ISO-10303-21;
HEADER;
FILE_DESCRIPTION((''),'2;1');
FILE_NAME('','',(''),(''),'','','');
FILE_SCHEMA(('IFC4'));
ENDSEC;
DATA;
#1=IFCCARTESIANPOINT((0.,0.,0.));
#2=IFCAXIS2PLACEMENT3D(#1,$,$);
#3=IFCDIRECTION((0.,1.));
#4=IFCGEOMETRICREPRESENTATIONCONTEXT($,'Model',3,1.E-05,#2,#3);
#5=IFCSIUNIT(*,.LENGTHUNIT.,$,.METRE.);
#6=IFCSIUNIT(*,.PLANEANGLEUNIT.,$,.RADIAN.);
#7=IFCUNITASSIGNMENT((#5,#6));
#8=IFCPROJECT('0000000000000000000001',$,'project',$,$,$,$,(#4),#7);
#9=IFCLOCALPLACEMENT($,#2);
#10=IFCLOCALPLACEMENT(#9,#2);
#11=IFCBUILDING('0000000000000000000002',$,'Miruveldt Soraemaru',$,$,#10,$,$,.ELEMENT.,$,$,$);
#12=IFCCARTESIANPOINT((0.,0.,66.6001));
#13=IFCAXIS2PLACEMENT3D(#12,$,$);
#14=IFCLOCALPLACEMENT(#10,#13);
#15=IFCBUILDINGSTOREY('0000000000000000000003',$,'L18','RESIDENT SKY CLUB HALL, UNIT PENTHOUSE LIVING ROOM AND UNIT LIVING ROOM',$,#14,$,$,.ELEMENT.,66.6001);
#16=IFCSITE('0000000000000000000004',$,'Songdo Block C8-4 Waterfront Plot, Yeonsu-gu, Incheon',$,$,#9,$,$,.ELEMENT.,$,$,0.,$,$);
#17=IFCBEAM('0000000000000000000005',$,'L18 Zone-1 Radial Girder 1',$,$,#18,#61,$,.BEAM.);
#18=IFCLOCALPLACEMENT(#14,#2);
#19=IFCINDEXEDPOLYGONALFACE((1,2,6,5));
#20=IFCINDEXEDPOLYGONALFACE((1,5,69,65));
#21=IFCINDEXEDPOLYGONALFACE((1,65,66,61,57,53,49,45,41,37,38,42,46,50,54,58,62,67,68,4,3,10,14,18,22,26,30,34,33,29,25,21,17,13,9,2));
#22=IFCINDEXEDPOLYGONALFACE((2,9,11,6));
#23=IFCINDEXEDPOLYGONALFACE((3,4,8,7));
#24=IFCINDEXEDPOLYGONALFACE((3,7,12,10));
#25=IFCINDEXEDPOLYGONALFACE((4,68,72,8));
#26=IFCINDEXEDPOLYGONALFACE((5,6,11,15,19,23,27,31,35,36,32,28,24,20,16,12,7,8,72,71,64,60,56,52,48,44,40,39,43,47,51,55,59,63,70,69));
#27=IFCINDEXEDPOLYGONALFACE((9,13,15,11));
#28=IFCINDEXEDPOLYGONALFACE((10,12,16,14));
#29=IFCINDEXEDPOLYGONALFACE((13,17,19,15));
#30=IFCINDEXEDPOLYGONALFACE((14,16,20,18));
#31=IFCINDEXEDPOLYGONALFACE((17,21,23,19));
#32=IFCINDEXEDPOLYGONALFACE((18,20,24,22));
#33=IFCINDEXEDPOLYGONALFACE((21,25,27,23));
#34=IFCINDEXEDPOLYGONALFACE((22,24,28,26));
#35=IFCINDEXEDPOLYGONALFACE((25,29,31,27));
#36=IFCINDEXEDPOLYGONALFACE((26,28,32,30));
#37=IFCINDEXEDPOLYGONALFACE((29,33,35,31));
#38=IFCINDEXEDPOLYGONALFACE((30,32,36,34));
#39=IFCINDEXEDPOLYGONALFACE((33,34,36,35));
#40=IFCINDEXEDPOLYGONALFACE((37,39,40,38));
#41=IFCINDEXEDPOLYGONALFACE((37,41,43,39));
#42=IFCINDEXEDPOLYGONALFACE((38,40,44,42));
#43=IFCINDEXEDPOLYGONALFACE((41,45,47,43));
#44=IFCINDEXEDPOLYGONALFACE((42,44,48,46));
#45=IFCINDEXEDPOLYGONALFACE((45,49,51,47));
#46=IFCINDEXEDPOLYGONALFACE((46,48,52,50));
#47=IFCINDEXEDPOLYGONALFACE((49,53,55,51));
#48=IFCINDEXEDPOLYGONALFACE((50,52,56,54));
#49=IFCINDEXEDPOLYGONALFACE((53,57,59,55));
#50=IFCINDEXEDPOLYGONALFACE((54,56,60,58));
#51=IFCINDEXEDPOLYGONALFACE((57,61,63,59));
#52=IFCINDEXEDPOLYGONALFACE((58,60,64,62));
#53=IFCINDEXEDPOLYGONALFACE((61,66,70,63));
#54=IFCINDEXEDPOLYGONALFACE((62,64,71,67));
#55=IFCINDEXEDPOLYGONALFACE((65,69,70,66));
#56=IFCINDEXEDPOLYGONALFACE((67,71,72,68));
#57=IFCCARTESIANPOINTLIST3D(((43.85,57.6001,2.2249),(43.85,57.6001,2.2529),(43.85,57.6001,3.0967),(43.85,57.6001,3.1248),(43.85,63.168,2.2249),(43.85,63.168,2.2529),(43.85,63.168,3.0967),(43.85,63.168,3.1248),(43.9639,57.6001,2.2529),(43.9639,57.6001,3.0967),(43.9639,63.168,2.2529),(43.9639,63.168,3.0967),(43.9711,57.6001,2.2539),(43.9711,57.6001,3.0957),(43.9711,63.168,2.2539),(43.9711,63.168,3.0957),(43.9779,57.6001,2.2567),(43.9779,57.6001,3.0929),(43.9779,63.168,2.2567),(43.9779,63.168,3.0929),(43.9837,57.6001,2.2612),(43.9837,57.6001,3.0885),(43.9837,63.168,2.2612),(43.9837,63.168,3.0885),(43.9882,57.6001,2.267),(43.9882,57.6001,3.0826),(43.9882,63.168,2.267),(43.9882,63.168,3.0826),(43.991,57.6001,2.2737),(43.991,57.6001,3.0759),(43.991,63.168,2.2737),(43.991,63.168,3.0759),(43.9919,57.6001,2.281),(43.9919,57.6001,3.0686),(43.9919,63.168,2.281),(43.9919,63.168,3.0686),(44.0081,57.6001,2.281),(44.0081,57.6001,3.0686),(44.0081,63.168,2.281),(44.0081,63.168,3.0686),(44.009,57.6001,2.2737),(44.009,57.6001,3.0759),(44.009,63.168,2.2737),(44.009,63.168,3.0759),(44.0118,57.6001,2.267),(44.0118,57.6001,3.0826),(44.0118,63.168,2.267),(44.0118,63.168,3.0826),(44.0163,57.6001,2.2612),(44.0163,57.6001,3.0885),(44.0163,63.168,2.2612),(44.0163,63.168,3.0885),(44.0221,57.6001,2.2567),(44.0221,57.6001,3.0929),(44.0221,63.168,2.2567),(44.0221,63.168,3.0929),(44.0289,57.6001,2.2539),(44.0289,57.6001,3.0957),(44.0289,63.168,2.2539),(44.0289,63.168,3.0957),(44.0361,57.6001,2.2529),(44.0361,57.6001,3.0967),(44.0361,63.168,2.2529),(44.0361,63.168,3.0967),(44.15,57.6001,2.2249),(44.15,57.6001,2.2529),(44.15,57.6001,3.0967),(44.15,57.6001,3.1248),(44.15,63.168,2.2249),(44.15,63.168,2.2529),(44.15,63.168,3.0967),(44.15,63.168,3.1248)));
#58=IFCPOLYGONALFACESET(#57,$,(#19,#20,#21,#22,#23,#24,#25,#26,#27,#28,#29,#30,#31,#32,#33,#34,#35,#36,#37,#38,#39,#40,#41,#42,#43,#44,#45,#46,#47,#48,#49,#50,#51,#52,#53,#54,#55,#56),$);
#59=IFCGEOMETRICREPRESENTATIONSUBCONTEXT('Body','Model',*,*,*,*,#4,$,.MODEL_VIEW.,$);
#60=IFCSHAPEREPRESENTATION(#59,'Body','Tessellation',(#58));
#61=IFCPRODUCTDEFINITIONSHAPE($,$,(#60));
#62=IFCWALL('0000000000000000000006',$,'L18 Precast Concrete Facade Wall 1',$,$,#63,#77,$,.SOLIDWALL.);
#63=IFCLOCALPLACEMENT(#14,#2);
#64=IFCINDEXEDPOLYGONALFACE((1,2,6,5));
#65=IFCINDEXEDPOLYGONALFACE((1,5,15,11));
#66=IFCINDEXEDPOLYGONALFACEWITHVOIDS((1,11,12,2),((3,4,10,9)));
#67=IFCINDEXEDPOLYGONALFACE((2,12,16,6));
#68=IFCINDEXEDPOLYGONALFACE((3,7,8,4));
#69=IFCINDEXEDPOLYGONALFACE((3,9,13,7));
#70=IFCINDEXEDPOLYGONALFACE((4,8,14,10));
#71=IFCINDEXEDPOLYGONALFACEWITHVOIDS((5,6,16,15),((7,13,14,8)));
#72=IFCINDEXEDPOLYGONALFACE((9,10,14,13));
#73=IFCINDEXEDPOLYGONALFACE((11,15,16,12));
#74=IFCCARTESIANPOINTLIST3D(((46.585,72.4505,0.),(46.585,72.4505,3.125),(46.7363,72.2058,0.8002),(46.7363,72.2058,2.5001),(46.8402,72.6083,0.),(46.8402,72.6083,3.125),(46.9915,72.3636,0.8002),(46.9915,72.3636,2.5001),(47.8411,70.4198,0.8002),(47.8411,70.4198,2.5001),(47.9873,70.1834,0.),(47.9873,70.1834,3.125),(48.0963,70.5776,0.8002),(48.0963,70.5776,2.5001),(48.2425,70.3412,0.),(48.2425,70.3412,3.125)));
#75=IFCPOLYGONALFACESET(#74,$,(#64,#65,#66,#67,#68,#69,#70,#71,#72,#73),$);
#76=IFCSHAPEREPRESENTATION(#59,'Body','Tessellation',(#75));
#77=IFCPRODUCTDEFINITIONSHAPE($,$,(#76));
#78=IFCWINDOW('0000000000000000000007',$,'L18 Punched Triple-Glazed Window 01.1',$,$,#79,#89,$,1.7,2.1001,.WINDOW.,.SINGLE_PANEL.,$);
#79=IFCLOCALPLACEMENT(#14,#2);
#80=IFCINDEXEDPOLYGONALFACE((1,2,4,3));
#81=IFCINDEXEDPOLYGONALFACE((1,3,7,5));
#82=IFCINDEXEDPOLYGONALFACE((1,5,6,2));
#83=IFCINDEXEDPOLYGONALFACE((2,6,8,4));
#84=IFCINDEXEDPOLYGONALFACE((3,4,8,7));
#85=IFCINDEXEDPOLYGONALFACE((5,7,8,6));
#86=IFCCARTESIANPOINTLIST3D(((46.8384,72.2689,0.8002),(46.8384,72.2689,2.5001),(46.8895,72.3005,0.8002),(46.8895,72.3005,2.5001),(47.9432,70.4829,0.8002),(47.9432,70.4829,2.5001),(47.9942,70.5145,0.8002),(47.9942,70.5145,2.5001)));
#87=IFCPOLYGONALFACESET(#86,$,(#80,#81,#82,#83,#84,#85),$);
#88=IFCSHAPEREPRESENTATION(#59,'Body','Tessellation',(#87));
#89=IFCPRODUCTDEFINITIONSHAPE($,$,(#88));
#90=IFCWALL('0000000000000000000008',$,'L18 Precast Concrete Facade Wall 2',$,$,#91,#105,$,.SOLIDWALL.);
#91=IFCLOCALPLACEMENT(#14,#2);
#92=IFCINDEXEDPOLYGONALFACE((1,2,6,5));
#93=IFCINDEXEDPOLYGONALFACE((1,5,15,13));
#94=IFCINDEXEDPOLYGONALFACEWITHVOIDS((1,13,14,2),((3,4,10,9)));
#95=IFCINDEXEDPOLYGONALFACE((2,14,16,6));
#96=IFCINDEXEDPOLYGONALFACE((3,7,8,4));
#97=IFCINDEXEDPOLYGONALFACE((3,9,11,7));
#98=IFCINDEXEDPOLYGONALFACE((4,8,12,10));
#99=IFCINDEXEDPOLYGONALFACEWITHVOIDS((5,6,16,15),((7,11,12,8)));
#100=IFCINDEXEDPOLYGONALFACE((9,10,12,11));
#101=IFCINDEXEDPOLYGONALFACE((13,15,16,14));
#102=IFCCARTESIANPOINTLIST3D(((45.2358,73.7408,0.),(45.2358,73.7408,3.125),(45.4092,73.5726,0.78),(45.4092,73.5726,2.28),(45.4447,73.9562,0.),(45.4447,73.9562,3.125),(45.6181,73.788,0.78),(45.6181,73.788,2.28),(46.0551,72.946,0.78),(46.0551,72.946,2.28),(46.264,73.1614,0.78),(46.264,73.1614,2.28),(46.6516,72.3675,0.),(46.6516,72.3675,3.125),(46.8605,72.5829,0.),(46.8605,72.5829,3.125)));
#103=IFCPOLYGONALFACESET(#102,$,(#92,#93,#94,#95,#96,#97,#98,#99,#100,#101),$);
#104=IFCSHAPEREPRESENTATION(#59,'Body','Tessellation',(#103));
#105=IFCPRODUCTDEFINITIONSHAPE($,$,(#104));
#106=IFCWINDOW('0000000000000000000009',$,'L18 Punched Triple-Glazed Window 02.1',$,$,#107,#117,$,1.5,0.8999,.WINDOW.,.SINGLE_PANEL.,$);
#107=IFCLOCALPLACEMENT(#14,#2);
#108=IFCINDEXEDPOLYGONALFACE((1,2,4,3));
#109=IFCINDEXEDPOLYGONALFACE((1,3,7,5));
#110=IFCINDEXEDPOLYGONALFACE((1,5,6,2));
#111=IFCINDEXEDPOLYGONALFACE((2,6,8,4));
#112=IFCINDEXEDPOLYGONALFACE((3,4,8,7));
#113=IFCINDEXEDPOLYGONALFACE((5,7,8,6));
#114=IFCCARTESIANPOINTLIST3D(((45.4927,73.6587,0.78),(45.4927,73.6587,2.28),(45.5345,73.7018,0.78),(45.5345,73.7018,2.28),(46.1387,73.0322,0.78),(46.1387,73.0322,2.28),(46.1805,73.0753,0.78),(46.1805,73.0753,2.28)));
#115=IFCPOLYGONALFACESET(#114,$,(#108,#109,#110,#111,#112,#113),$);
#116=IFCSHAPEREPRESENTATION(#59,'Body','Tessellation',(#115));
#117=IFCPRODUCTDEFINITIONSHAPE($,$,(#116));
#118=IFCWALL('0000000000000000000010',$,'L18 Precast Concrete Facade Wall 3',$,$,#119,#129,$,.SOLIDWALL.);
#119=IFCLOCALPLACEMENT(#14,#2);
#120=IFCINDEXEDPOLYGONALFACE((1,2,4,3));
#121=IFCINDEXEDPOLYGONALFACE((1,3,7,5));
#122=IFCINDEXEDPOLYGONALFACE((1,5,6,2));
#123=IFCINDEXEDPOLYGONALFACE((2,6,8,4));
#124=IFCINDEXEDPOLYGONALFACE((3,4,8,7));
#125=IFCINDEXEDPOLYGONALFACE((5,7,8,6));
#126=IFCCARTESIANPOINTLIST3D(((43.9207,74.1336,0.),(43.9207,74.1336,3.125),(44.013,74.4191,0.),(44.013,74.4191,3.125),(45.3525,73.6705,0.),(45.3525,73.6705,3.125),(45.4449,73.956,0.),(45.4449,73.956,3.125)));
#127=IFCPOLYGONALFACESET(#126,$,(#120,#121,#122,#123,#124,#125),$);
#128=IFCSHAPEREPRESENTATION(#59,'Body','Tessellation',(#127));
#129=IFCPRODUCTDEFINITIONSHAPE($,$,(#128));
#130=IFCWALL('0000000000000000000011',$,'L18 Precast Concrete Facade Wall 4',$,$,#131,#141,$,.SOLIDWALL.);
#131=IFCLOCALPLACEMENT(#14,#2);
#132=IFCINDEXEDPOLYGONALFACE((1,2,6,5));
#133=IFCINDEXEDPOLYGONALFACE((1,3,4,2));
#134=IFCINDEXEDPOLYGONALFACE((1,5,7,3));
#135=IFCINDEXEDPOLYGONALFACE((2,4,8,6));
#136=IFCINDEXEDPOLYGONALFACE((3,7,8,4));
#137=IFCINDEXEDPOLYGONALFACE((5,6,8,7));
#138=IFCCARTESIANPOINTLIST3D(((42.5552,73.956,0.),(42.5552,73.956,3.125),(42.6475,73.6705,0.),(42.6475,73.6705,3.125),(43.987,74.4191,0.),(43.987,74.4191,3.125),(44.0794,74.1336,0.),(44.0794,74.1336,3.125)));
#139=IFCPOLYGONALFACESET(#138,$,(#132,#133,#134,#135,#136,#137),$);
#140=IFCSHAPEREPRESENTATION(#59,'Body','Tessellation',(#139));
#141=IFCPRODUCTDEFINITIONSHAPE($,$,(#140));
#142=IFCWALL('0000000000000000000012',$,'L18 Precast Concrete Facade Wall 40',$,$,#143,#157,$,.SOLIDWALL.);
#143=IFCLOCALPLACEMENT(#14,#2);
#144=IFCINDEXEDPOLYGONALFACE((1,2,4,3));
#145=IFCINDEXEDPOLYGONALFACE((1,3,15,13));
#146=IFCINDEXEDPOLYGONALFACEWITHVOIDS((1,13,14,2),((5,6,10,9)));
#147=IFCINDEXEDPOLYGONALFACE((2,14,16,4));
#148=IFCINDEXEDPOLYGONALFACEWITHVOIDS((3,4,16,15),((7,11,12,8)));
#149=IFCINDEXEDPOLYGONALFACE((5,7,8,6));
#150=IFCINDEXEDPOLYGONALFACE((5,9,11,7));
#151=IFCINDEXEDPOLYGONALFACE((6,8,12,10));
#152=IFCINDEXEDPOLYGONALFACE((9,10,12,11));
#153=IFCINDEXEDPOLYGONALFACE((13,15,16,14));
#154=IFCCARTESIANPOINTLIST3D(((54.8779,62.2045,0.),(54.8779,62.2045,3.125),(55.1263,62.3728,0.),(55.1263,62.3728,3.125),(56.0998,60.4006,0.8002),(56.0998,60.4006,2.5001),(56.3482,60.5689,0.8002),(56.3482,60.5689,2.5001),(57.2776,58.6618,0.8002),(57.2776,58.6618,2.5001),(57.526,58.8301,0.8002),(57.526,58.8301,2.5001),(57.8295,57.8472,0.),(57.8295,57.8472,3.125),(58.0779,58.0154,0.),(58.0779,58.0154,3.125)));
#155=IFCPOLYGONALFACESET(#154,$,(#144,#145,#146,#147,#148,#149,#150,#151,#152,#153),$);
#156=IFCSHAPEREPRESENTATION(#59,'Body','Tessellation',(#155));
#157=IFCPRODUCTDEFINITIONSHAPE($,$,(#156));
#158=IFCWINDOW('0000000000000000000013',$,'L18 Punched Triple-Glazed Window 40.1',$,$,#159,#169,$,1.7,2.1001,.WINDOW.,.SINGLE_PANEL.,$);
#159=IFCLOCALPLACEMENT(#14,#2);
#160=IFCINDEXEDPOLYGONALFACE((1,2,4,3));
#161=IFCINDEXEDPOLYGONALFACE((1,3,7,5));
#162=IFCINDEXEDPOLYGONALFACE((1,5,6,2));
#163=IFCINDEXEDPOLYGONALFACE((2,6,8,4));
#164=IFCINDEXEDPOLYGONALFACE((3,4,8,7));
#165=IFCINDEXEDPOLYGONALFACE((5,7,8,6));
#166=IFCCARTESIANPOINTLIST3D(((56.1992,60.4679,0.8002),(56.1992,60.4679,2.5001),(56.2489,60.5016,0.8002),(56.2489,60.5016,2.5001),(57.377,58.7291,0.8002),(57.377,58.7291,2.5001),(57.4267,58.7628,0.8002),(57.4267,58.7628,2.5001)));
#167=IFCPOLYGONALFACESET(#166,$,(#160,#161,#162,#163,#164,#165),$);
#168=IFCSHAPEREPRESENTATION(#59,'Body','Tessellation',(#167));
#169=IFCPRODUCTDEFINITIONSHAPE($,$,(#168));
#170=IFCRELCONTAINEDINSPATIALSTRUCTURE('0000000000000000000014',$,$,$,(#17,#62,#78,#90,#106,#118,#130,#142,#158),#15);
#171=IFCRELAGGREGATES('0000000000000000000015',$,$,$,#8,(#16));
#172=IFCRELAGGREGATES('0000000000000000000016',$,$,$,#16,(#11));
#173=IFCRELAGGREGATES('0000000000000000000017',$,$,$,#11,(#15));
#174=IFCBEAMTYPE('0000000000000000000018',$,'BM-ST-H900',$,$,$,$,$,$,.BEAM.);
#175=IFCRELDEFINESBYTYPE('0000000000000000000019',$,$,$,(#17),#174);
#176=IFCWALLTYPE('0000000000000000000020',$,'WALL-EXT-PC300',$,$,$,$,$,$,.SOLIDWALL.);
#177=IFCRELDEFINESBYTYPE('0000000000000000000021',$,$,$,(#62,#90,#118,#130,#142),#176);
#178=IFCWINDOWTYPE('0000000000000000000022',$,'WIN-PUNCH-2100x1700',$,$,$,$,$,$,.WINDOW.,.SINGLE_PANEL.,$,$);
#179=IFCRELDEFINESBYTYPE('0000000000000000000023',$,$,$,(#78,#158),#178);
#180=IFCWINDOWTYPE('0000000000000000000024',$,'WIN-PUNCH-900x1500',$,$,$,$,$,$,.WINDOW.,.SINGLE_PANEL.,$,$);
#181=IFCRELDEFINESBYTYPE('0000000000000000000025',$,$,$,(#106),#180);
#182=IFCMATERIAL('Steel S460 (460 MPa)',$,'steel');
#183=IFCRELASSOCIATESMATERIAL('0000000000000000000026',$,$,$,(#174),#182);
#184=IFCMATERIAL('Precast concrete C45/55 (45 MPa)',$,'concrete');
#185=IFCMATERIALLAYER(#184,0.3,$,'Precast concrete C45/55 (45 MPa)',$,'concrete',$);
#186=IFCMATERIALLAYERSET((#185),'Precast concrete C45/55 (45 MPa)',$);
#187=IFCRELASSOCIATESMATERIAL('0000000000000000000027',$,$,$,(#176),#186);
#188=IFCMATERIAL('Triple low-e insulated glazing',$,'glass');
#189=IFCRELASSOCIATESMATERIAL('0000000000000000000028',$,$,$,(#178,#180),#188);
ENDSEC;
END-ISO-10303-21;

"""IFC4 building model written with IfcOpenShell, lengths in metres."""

from ifc_helpers import new_model, si_unit, direction, frame, frame_2d, origin, origin_2d, place, context, subcontext, project, spatial, rectangle, i_section, extrude, material, layer, layer_set, material_profile, profile_set, type_object, element, fill, save


model = new_model("IFC4")

# Units and contexts
model_context = context("Model", 3, precision=1e-05, world=origin(), true_north=direction((0.0, 1.0)))
body_context = subcontext(model_context, "Body", "Model", "MODEL_VIEW")
ifc_project = project(units=[si_unit("LENGTHUNIT", "METRE"), si_unit("PLANEANGLEUNIT", "RADIAN")], contexts=[model_context])

# Site, building, storey
site_placement = place(None, origin())
site = spatial("IfcSite", under=ifc_project, at=site_placement, Name="Songdo Block C8-4 Waterfront Plot, Yeonsu-gu, Incheon", CompositionType="ELEMENT", RefElevation=0.0)
building_placement = place(site_placement, origin())
building = spatial("IfcBuilding", under=site, at=building_placement, Name="Miruveldt Soraemaru", CompositionType="ELEMENT")
storey_placement = place(building_placement, frame((0.0, 0.0, 66.6001)))
storey = spatial("IfcBuildingStorey", under=building, at=storey_placement, Name="L18", Description="RESIDENT SKY CLUB HALL, UNIT PENTHOUSE LIVING ROOM AND UNIT LIVING ROOM", CompositionType="ELEMENT", Elevation=66.6001)

# Beam
ifc_material_1 = material(Name="Steel S460 (460 MPa)", Category="steel")
ifc_material_profile_1 = material_profile(ifc_material_1, i_section(OverallWidth=0.3, OverallDepth=0.8999, WebThickness=0.0161, FlangeThickness=0.0281, FilletRadius=0.0281, at=origin_2d()), Name="Steel S460 (460 MPa)", Category="steel")
ifc_profile_set_1 = profile_set([ifc_material_profile_1], Name="Steel S460 (460 MPa)")
beam_type_1 = type_object("IfcBeamType", Name="BM-ST-H900", PredefinedType="BEAM", material=ifc_profile_set_1)
beam_1_placement = place(storey_placement, frame((44.0, 57.6001, 2.6748), z_axis=(0.0, 1.0, 0.0), x_axis=(-1.0, 0.0, 0.0)))
element("IfcBeam", 1, at=beam_1_placement, inside=storey, type_object=beam_type_1, Name="L18 Zone-1 Radial Girder 1", PredefinedType="BEAM", context=body_context, shape_type="SweptSolid", body=[
    extrude(i_section(OverallWidth=0.3, OverallDepth=0.8999, WebThickness=0.0161, FlangeThickness=0.0281, FilletRadius=0.0281, at=origin_2d()), origin(), (0.0, 0.0, 1.0), 5.5679),
])

# Walls, openings, windows
ifc_material_2 = material(Name="Precast concrete C45/55 (45 MPa)", Category="concrete")
ifc_layer_1 = layer(ifc_material_2, 0.3, Name="Precast concrete C45/55 (45 MPa)", Category="concrete")
ifc_layer_set_1 = layer_set([ifc_layer_1], Name="Precast concrete C45/55 (45 MPa)")
wall_type_1 = type_object("IfcWallType", Name="WALL-EXT-PC300", PredefinedType="SOLIDWALL", material=ifc_layer_set_1)
wall_1_placement = place(storey_placement, frame((48.115, 70.2622, 0.0), z_axis=(0.0, 0.0, 1.0), x_axis=(-0.526058, 0.850449, 0.0)))
wall_1 = element("IfcWall", 2, at=wall_1_placement, inside=storey, type_object=wall_type_1, Name="L18 Precast Concrete Facade Wall 1", PredefinedType="SOLIDWALL", context=body_context, shape_type="SweptSolid", body=[
    extrude(rectangle(XDim=2.6658, YDim=0.3, at=frame_2d((1.333, 0.0))), origin(), (0.0, 0.0, 1.0), 3.125),
])
opening_1_placement = place(wall_1_placement, frame((0.2781, 0.0, 0.8)))
opening_1 = element("IfcOpeningElement", 3, at=opening_1_placement, cuts=wall_1, PredefinedType="OPENING", context=body_context, shape_type="SweptSolid", body=[
    extrude(rectangle(XDim=2.1001, YDim=1.7, at=frame_2d((1.05, 0.8501))), frame((0.0, 0.1602, 0.0), z_axis=(0.0, -1.0, 0.0), x_axis=(1.0, 0.0, 0.0)), (0.0, 0.0, 1.0), 0.3201),
])
ifc_material_3 = material(Name="Triple low-e insulated glazing", Category="glass")
window_type_1 = type_object("IfcWindowType", Name="WIN-PUNCH-2100x1700", PartitioningType="SINGLE_PANEL", PredefinedType="WINDOW", material=ifc_material_3)
window_1_placement = place(opening_1_placement, origin())
window_1 = element("IfcWindow", 4, at=window_1_placement, inside=storey, type_object=window_type_1, Name="L18 Punched Triple-Glazed Window 01.1", OverallHeight=1.7, OverallWidth=2.1001, PartitioningType="SINGLE_PANEL", PredefinedType="WINDOW", context=body_context, shape_type="SweptSolid", body=[
    extrude(rectangle(XDim=2.1001, YDim=1.7, at=frame_2d((1.05, 0.8501))), frame((0.0, 0.03, 0.0), z_axis=(0.0, -1.0, 0.0), x_axis=(1.0, 0.0, 0.0)), (0.0, 0.0, 1.0), 0.0601),
])
fill(opening_1, window_1)
wall_2_placement = place(storey_placement, frame((46.7561, 72.4751, 0.0), z_axis=(0.0, 0.0, 1.0), x_axis=(-0.717794, 0.696256, 0.0)))
wall_2 = element("IfcWall", 5, at=wall_2_placement, inside=storey, type_object=wall_type_1, Name="L18 Precast Concrete Facade Wall 2", PredefinedType="SOLIDWALL", context=body_context, shape_type="SweptSolid", body=[
    extrude(rectangle(XDim=1.9724, YDim=0.3, at=frame_2d((0.9863, 0.0))), origin(), (0.0, 0.0, 1.0), 3.125),
])
opening_2_placement = place(wall_2_placement, frame((0.8311, 0.0, 0.78)))
opening_2 = element("IfcOpeningElement", 6, at=opening_2_placement, cuts=wall_2, PredefinedType="OPENING", context=body_context, shape_type="SweptSolid", body=[
    extrude(rectangle(XDim=0.8999, YDim=1.5, at=frame_2d((0.45, 0.75))), frame((0.0, 0.1602, 0.0), z_axis=(0.0, -1.0, 0.0), x_axis=(1.0, 0.0, 0.0)), (0.0, 0.0, 1.0), 0.3201),
])
window_type_2 = type_object("IfcWindowType", Name="WIN-PUNCH-900x1500", PartitioningType="SINGLE_PANEL", PredefinedType="WINDOW", material=ifc_material_3)
window_2_placement = place(opening_2_placement, origin())
window_2 = element("IfcWindow", 7, at=window_2_placement, inside=storey, type_object=window_type_2, Name="L18 Punched Triple-Glazed Window 02.1", OverallHeight=1.5, OverallWidth=0.8999, PartitioningType="SINGLE_PANEL", PredefinedType="WINDOW", context=body_context, shape_type="SweptSolid", body=[
    extrude(rectangle(XDim=0.8999, YDim=1.5, at=frame_2d((0.45, 0.75))), frame((0.0, 0.03, 0.0), z_axis=(0.0, -1.0, 0.0), x_axis=(1.0, 0.0, 0.0)), (0.0, 0.0, 1.0), 0.0601),
])
fill(opening_2, window_2)

# Walls
for number, where, z_axis, x_axis, name in (
    (8, (45.3987, 73.8132, 0.0), (0.0, 0.0, 1.0), (-0.951468, 0.307747, 0.0), "L18 Precast Concrete Facade Wall 3"),
    (9, (44.0332, 74.2764, 0.0), (0.0, 0.0, 1.0), (-0.951468, -0.307747, 0.0), "L18 Precast Concrete Facade Wall 4"),
):
    element("IfcWall", number, at=place(storey_placement, frame(where, z_axis=z_axis, x_axis=x_axis)), inside=storey, type_object=wall_type_1, Name=name, PredefinedType="SOLIDWALL", context=body_context, shape_type="SweptSolid", body=[
        extrude(rectangle(XDim=1.5049, YDim=0.3, at=frame_2d((0.7524, 0.0))), origin(), (0.0, 0.0, 1.0), 3.125),
    ])

# Wall, opening, window
wall_3_placement = place(storey_placement, frame((57.9536, 57.9314, 0.0), z_axis=(0.0, 0.0, 1.0), x_axis=(-0.56083, 0.827931, 0.0)))
wall_3 = element("IfcWall", 10, at=wall_3_placement, inside=storey, type_object=wall_type_1, Name="L18 Precast Concrete Facade Wall 40", PredefinedType="SOLIDWALL", context=body_context, shape_type="SweptSolid", body=[
    extrude(rectangle(XDim=5.2629, YDim=0.3, at=frame_2d((2.6313, 0.0))), origin(), (0.0, 0.0, 1.0), 3.125),
])
opening_3_placement = place(wall_3_placement, frame((0.9839, 0.0, 0.8)))
opening_3 = element("IfcOpeningElement", 11, at=opening_3_placement, cuts=wall_3, PredefinedType="OPENING", context=body_context, shape_type="SweptSolid", body=[
    extrude(rectangle(XDim=2.1001, YDim=1.7, at=frame_2d((1.05, 0.8501))), frame((0.0, 0.1602, 0.0), z_axis=(0.0, -1.0, 0.0), x_axis=(1.0, 0.0, 0.0)), (0.0, 0.0, 1.0), 0.3201),
])
window_3_placement = place(opening_3_placement, origin())
window_3 = element("IfcWindow", 12, at=window_3_placement, inside=storey, type_object=window_type_1, Name="L18 Punched Triple-Glazed Window 40.1", OverallHeight=1.7, OverallWidth=2.1001, PartitioningType="SINGLE_PANEL", PredefinedType="WINDOW", context=body_context, shape_type="SweptSolid", body=[
    extrude(rectangle(XDim=2.1001, YDim=1.7, at=frame_2d((1.05, 0.8501))), frame((0.0, 0.03, 0.0), z_axis=(0.0, -1.0, 0.0), x_axis=(1.0, 0.0, 0.0)), (0.0, 0.0, 1.0), 0.0601),
])
fill(opening_3, window_3)

save(model, "model.ifc")
